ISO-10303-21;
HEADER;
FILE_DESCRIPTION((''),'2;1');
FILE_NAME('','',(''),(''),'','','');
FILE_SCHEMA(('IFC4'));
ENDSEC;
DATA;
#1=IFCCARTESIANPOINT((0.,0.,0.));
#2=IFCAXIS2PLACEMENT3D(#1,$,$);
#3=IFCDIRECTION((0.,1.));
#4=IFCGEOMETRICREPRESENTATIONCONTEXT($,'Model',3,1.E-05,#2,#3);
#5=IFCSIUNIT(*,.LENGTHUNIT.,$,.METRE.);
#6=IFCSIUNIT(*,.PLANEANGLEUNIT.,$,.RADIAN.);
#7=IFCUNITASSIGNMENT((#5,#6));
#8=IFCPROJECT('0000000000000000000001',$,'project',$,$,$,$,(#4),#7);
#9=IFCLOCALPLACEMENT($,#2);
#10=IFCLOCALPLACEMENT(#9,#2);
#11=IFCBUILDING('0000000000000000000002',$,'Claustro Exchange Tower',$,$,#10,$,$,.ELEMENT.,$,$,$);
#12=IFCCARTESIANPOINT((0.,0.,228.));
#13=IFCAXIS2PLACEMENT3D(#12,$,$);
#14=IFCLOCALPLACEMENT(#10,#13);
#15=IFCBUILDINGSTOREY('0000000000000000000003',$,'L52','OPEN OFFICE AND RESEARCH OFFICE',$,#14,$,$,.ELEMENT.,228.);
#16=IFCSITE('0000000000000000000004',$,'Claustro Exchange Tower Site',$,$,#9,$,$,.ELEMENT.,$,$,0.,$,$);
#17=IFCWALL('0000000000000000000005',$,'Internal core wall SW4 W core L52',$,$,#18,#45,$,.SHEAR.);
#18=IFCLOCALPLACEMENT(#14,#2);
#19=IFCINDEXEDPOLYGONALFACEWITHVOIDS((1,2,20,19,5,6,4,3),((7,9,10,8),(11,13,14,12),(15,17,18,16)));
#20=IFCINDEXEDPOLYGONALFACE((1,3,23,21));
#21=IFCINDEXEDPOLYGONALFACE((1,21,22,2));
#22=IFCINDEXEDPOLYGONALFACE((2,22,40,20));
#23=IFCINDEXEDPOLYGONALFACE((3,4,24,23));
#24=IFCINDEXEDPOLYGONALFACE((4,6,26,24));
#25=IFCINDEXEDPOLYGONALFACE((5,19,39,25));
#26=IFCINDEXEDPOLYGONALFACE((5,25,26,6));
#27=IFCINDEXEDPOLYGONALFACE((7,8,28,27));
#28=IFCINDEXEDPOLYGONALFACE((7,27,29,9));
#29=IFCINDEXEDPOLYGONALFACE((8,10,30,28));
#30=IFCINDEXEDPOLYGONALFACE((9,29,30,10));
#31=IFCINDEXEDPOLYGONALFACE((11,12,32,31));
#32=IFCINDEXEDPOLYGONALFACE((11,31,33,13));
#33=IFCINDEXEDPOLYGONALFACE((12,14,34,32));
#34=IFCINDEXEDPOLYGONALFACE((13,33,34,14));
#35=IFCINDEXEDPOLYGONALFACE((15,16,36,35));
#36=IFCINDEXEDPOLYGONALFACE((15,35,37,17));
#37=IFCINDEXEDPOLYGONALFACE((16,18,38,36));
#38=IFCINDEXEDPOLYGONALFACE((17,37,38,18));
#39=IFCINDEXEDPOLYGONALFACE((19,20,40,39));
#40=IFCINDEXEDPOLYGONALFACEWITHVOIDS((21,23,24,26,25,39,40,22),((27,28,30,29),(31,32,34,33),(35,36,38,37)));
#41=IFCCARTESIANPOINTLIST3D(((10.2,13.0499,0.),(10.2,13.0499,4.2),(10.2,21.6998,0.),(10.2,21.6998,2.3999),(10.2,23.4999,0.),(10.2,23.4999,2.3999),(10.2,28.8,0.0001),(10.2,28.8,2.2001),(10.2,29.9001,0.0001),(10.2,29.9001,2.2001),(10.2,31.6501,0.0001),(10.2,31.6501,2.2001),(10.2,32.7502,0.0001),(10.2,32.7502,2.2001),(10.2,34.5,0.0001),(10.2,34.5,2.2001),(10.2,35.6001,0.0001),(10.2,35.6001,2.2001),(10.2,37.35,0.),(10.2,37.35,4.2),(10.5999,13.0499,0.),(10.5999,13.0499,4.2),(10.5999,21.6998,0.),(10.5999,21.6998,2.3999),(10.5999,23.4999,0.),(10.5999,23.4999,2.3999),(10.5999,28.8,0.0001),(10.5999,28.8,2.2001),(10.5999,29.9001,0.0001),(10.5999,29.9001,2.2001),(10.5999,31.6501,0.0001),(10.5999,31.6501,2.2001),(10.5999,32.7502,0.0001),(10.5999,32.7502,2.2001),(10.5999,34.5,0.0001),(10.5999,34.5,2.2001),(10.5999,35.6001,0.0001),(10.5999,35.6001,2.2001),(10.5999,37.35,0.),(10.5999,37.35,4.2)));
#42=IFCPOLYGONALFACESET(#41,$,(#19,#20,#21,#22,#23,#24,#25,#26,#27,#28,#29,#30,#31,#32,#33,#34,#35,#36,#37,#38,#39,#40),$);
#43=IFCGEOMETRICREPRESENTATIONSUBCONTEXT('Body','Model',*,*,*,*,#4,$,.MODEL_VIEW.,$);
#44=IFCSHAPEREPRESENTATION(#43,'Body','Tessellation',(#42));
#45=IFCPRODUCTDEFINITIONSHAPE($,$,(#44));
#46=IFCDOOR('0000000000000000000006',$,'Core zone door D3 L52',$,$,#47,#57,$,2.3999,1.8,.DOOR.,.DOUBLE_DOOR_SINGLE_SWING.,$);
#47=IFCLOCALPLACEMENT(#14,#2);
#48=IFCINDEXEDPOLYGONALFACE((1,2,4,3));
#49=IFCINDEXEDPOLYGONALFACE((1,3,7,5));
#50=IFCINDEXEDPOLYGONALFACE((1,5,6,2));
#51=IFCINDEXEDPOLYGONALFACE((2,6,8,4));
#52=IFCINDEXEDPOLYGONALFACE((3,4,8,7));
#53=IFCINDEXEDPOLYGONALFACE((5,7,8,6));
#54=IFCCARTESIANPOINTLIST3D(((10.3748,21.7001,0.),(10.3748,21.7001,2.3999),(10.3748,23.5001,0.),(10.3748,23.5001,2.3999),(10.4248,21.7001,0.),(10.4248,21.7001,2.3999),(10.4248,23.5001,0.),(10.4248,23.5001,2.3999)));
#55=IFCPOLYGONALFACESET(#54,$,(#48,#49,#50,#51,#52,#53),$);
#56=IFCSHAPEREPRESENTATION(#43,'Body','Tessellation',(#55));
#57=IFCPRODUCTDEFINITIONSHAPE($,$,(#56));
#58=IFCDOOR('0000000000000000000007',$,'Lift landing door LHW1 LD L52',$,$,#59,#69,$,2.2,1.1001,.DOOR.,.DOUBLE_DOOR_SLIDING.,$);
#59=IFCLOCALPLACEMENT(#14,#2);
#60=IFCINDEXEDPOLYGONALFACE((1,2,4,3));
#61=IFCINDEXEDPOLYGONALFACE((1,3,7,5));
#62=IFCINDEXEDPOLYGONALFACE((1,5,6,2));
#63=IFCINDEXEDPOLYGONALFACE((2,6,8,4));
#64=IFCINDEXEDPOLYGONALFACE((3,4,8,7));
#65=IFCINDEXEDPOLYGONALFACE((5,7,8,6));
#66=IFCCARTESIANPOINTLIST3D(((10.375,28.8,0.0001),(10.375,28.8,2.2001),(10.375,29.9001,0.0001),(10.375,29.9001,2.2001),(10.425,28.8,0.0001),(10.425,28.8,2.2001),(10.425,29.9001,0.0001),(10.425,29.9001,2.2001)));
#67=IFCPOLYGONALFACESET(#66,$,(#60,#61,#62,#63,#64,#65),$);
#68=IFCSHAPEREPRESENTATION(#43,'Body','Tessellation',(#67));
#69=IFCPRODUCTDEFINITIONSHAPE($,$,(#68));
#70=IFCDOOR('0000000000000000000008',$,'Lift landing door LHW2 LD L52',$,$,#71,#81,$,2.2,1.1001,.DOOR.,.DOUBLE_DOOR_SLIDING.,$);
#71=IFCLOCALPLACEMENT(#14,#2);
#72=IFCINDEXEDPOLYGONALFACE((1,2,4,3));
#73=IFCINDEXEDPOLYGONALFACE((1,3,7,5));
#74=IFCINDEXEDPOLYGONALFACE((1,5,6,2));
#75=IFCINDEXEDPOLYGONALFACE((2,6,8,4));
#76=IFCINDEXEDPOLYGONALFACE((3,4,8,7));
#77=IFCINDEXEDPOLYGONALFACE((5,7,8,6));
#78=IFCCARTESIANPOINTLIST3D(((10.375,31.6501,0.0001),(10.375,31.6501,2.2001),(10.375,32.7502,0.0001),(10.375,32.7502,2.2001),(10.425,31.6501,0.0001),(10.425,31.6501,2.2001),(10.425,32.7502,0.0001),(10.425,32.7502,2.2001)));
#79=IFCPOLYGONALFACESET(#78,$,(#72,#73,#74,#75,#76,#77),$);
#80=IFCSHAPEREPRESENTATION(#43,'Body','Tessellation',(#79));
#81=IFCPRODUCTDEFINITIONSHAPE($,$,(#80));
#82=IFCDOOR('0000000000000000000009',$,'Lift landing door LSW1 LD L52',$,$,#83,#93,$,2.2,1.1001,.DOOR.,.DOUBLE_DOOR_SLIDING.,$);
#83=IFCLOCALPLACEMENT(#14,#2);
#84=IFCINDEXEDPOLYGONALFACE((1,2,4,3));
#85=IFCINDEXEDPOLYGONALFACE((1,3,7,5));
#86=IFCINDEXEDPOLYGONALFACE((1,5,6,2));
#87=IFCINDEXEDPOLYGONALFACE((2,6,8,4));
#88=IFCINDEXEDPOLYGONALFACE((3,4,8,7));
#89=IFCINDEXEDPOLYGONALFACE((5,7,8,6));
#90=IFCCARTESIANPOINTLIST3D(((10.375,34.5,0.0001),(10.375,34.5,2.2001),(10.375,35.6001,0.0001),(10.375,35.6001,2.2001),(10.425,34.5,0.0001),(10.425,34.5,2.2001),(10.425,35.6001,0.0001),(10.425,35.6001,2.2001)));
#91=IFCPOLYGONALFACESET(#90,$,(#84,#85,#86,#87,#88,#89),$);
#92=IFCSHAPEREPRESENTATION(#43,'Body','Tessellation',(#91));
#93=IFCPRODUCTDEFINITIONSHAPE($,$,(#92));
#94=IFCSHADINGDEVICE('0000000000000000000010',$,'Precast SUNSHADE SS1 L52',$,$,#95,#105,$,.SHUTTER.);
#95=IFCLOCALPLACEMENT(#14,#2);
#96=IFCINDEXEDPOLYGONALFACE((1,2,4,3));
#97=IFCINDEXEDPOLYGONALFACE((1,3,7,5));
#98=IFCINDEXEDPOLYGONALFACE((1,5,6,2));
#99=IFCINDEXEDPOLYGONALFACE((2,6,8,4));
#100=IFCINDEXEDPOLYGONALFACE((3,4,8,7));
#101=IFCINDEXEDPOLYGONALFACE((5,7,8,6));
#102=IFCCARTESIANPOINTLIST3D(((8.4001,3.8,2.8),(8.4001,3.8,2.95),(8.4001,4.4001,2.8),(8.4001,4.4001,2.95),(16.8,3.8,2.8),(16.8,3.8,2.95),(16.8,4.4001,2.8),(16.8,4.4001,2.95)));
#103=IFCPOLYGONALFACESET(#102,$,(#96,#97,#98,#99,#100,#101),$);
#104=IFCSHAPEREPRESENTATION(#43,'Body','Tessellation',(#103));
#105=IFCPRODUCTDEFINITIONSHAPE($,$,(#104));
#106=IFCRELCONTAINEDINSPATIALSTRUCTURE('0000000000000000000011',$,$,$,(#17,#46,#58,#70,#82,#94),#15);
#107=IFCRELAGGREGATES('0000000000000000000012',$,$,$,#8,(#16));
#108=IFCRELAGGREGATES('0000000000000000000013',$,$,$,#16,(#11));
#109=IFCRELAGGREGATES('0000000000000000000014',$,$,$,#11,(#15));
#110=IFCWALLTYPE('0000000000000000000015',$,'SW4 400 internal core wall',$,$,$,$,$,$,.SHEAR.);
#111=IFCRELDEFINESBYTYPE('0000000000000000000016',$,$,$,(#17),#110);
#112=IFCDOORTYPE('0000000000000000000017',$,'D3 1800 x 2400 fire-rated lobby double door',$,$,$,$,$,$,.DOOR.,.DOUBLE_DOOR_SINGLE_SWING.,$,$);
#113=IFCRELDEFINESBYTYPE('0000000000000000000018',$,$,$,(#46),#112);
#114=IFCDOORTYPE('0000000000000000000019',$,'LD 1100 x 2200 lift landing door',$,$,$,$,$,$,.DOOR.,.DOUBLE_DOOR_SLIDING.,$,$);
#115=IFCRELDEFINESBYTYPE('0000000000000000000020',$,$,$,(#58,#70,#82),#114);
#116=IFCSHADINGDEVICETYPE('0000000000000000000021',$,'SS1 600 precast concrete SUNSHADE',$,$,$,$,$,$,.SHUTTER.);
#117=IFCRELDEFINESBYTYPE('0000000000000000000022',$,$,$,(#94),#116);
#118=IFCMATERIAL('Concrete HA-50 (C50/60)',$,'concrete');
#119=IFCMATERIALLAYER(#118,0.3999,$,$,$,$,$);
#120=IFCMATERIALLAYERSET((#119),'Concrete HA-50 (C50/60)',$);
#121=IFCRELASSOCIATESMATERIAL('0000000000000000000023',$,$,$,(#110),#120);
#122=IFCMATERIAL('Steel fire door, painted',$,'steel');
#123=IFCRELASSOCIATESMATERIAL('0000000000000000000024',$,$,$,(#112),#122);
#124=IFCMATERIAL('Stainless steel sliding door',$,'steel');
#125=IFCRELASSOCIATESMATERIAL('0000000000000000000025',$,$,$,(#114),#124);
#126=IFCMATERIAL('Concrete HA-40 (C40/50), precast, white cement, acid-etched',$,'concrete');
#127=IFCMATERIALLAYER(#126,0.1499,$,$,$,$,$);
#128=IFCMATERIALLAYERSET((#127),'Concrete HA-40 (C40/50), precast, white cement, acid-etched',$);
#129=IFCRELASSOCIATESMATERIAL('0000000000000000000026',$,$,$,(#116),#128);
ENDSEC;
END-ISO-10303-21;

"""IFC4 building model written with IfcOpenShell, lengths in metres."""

from ifc_helpers import new_model, si_unit, direction, frame, frame_2d, origin, origin_2d, place, context, subcontext, project, spatial, rectangle, extrude, material, layer, layer_set, type_object, element, fill, save


model = new_model("IFC4")

# Units and contexts
model_context = context("Model", 3, precision=1e-05, world=origin(), true_north=direction((0.0, 1.0)))
body_context = subcontext(model_context, "Body", "Model", "MODEL_VIEW")
ifc_project = project(units=[si_unit("LENGTHUNIT", "METRE"), si_unit("PLANEANGLEUNIT", "RADIAN")], contexts=[model_context])

# Site, building, storey
site_placement = place(None, origin())
site = spatial("IfcSite", under=ifc_project, at=site_placement, Name="Claustro Exchange Tower Site", CompositionType="ELEMENT", RefElevation=0.0)
building_placement = place(site_placement, origin())
building = spatial("IfcBuilding", under=site, at=building_placement, Name="Claustro Exchange Tower", CompositionType="ELEMENT")
storey_placement = place(building_placement, frame((0.0, 0.0, 228.0)))
storey = spatial("IfcBuildingStorey", under=building, at=storey_placement, Name="L52", Description="OPEN OFFICE AND RESEARCH OFFICE", CompositionType="ELEMENT", Elevation=228.0)

# Wall, openings, doors
ifc_material_1 = material(Name="Concrete HA-50 (C50/60)", Category="concrete")
ifc_layer_1 = layer(ifc_material_1, 0.3999)
ifc_layer_set_1 = layer_set([ifc_layer_1], Name="Concrete HA-50 (C50/60)")
wall_type_1 = type_object("IfcWallType", Name="SW4 400 internal core wall", PredefinedType="SHEAR", material=ifc_layer_set_1)
wall_1_placement = place(storey_placement, frame((10.3999, 13.05, 0.0), z_axis=(0.0, 0.0, 1.0), x_axis=(0.0, 1.0, 0.0)))
wall_1 = element("IfcWall", 1, at=wall_1_placement, inside=storey, type_object=wall_type_1, Name="Internal core wall SW4 W core L52", PredefinedType="SHEAR", context=body_context, shape_type="SweptSolid", body=[
    extrude(rectangle(XDim=24.3, YDim=0.3999, at=frame_2d((12.1499, 0.0))), origin(), (0.0, 0.0, 1.0), 4.2),
])
opening_1_placement = place(wall_1_placement, frame((15.75, 0.0, 0.0)))
opening_1 = element("IfcOpeningElement", 2, at=opening_1_placement, cuts=wall_1, PredefinedType="OPENING", context=body_context, shape_type="SweptSolid", body=[
    extrude(rectangle(XDim=1.1001, YDim=2.2, at=frame_2d((0.55, 1.1001))), frame((0.0, 0.21, 0.0), z_axis=(0.0, -1.0, 0.0), x_axis=(1.0, 0.0, 0.0)), (0.0, 0.0, 1.0), 0.4199),
])
opening_2_placement = place(wall_1_placement, frame((18.6001, 0.0, 0.0)))
opening_2 = element("IfcOpeningElement", 3, at=opening_2_placement, cuts=wall_1, PredefinedType="OPENING", context=body_context, shape_type="SweptSolid", body=[
    extrude(rectangle(XDim=1.1001, YDim=2.2, at=frame_2d((0.55, 1.1001))), frame((0.0, 0.21, 0.0), z_axis=(0.0, -1.0, 0.0), x_axis=(1.0, 0.0, 0.0)), (0.0, 0.0, 1.0), 0.4199),
])
opening_3_placement = place(wall_1_placement, frame((21.45, 0.0, 0.0)))
opening_3 = element("IfcOpeningElement", 4, at=opening_3_placement, cuts=wall_1, PredefinedType="OPENING", context=body_context, shape_type="SweptSolid", body=[
    extrude(rectangle(XDim=1.1001, YDim=2.2, at=frame_2d((0.55, 1.1001))), frame((0.0, 0.21, 0.0), z_axis=(0.0, -1.0, 0.0), x_axis=(1.0, 0.0, 0.0)), (0.0, 0.0, 1.0), 0.4199),
])
opening_4_placement = place(wall_1_placement, frame((8.6499, 0.0, 0.0)))
opening_4 = element("IfcOpeningElement", 5, at=opening_4_placement, cuts=wall_1, PredefinedType="OPENING", context=body_context, shape_type="SweptSolid", body=[
    extrude(rectangle(XDim=1.8, YDim=2.3999, at=frame_2d((0.8999, 1.2))), frame((0.0, 0.21, 0.0), z_axis=(0.0, -1.0, 0.0), x_axis=(1.0, 0.0, 0.0)), (0.0, 0.0, 1.0), 0.4199),
])
ifc_material_2 = material(Name="Steel fire door, painted", Category="steel")
door_type_1 = type_object("IfcDoorType", Name="D3 1800 x 2400 fire-rated lobby double door", OperationType="DOUBLE_DOOR_SINGLE_SWING", PredefinedType="DOOR", material=ifc_material_2)
door_1_placement = place(opening_4_placement, frame((1.8, 0.0, 0.0), z_axis=(0.0, 0.0, 1.0), x_axis=(-1.0, 0.0, 0.0)))
door_1 = element("IfcDoor", 6, at=door_1_placement, inside=storey, type_object=door_type_1, Name="Core zone door D3 L52", OperationType="DOUBLE_DOOR_SINGLE_SWING", OverallHeight=2.3999, OverallWidth=1.8, PredefinedType="DOOR", context=body_context, shape_type="SweptSolid", body=[
    extrude(rectangle(XDim=1.8, YDim=2.3999, at=frame_2d((0.8999, 1.2))), frame((0.0, 0.0249, 0.0), z_axis=(0.0, -1.0, 0.0), x_axis=(1.0, 0.0, 0.0)), (0.0, 0.0, 1.0), 0.05),
])
fill(opening_4, door_1)
ifc_material_3 = material(Name="Stainless steel sliding door", Category="steel")
door_type_2 = type_object("IfcDoorType", Name="LD 1100 x 2200 lift landing door", OperationType="DOUBLE_DOOR_SLIDING", PredefinedType="DOOR", material=ifc_material_3)
door_2_placement = place(opening_1_placement, origin())
door_2 = element("IfcDoor", 7, at=door_2_placement, inside=storey, type_object=door_type_2, Name="Lift landing door LHW1 LD L52", OperationType="DOUBLE_DOOR_SLIDING", OverallHeight=2.2, OverallWidth=1.1001, PredefinedType="DOOR", context=body_context, shape_type="SweptSolid", body=[
    extrude(rectangle(XDim=1.1001, YDim=2.2, at=frame_2d((0.55, 1.1001))), frame((0.0, 0.0249, 0.0), z_axis=(0.0, -1.0, 0.0), x_axis=(1.0, 0.0, 0.0)), (0.0, 0.0, 1.0), 0.05),
])
fill(opening_1, door_2)
door_3_placement = place(opening_2_placement, origin())
door_3 = element("IfcDoor", 8, at=door_3_placement, inside=storey, type_object=door_type_2, Name="Lift landing door LHW2 LD L52", OperationType="DOUBLE_DOOR_SLIDING", OverallHeight=2.2, OverallWidth=1.1001, PredefinedType="DOOR", context=body_context, shape_type="SweptSolid", body=[
    extrude(rectangle(XDim=1.1001, YDim=2.2, at=frame_2d((0.55, 1.1001))), frame((0.0, 0.0249, 0.0), z_axis=(0.0, -1.0, 0.0), x_axis=(1.0, 0.0, 0.0)), (0.0, 0.0, 1.0), 0.05),
])
fill(opening_2, door_3)
door_4_placement = place(opening_3_placement, origin())
door_4 = element("IfcDoor", 9, at=door_4_placement, inside=storey, type_object=door_type_2, Name="Lift landing door LSW1 LD L52", OperationType="DOUBLE_DOOR_SLIDING", OverallHeight=2.2, OverallWidth=1.1001, PredefinedType="DOOR", context=body_context, shape_type="SweptSolid", body=[
    extrude(rectangle(XDim=1.1001, YDim=2.2, at=frame_2d((0.55, 1.1001))), frame((0.0, 0.0249, 0.0), z_axis=(0.0, -1.0, 0.0), x_axis=(1.0, 0.0, 0.0)), (0.0, 0.0, 1.0), 0.05),
])
fill(opening_3, door_4)

# Shading device
ifc_material_4 = material(Name="Concrete HA-40 (C40/50), precast, white cement, acid-etched", Category="concrete")
ifc_layer_2 = layer(ifc_material_4, 0.1499)
ifc_layer_set_2 = layer_set([ifc_layer_2], Name="Concrete HA-40 (C40/50), precast, white cement, acid-etched")
shading_device_type = type_object("IfcShadingDeviceType", Name="SS1 600 precast concrete SUNSHADE", PredefinedType="SHUTTER", material=ifc_layer_set_2)
shading_device_placement = place(storey_placement, frame((12.6001, 4.1001, 2.8), z_axis=(0.0, 0.0, 1.0), x_axis=(-1.0, 0.0, 0.0)))
element("IfcShadingDevice", 10, at=shading_device_placement, inside=storey, type_object=shading_device_type, Name="Precast SUNSHADE SS1 L52", PredefinedType="SHUTTER", context=body_context, shape_type="SweptSolid", body=[
    extrude(rectangle(XDim=8.3999, YDim=0.6001, at=origin_2d()), origin(), (0.0, 0.0, 1.0), 0.1499),
])

save(model, "model.ifc")
